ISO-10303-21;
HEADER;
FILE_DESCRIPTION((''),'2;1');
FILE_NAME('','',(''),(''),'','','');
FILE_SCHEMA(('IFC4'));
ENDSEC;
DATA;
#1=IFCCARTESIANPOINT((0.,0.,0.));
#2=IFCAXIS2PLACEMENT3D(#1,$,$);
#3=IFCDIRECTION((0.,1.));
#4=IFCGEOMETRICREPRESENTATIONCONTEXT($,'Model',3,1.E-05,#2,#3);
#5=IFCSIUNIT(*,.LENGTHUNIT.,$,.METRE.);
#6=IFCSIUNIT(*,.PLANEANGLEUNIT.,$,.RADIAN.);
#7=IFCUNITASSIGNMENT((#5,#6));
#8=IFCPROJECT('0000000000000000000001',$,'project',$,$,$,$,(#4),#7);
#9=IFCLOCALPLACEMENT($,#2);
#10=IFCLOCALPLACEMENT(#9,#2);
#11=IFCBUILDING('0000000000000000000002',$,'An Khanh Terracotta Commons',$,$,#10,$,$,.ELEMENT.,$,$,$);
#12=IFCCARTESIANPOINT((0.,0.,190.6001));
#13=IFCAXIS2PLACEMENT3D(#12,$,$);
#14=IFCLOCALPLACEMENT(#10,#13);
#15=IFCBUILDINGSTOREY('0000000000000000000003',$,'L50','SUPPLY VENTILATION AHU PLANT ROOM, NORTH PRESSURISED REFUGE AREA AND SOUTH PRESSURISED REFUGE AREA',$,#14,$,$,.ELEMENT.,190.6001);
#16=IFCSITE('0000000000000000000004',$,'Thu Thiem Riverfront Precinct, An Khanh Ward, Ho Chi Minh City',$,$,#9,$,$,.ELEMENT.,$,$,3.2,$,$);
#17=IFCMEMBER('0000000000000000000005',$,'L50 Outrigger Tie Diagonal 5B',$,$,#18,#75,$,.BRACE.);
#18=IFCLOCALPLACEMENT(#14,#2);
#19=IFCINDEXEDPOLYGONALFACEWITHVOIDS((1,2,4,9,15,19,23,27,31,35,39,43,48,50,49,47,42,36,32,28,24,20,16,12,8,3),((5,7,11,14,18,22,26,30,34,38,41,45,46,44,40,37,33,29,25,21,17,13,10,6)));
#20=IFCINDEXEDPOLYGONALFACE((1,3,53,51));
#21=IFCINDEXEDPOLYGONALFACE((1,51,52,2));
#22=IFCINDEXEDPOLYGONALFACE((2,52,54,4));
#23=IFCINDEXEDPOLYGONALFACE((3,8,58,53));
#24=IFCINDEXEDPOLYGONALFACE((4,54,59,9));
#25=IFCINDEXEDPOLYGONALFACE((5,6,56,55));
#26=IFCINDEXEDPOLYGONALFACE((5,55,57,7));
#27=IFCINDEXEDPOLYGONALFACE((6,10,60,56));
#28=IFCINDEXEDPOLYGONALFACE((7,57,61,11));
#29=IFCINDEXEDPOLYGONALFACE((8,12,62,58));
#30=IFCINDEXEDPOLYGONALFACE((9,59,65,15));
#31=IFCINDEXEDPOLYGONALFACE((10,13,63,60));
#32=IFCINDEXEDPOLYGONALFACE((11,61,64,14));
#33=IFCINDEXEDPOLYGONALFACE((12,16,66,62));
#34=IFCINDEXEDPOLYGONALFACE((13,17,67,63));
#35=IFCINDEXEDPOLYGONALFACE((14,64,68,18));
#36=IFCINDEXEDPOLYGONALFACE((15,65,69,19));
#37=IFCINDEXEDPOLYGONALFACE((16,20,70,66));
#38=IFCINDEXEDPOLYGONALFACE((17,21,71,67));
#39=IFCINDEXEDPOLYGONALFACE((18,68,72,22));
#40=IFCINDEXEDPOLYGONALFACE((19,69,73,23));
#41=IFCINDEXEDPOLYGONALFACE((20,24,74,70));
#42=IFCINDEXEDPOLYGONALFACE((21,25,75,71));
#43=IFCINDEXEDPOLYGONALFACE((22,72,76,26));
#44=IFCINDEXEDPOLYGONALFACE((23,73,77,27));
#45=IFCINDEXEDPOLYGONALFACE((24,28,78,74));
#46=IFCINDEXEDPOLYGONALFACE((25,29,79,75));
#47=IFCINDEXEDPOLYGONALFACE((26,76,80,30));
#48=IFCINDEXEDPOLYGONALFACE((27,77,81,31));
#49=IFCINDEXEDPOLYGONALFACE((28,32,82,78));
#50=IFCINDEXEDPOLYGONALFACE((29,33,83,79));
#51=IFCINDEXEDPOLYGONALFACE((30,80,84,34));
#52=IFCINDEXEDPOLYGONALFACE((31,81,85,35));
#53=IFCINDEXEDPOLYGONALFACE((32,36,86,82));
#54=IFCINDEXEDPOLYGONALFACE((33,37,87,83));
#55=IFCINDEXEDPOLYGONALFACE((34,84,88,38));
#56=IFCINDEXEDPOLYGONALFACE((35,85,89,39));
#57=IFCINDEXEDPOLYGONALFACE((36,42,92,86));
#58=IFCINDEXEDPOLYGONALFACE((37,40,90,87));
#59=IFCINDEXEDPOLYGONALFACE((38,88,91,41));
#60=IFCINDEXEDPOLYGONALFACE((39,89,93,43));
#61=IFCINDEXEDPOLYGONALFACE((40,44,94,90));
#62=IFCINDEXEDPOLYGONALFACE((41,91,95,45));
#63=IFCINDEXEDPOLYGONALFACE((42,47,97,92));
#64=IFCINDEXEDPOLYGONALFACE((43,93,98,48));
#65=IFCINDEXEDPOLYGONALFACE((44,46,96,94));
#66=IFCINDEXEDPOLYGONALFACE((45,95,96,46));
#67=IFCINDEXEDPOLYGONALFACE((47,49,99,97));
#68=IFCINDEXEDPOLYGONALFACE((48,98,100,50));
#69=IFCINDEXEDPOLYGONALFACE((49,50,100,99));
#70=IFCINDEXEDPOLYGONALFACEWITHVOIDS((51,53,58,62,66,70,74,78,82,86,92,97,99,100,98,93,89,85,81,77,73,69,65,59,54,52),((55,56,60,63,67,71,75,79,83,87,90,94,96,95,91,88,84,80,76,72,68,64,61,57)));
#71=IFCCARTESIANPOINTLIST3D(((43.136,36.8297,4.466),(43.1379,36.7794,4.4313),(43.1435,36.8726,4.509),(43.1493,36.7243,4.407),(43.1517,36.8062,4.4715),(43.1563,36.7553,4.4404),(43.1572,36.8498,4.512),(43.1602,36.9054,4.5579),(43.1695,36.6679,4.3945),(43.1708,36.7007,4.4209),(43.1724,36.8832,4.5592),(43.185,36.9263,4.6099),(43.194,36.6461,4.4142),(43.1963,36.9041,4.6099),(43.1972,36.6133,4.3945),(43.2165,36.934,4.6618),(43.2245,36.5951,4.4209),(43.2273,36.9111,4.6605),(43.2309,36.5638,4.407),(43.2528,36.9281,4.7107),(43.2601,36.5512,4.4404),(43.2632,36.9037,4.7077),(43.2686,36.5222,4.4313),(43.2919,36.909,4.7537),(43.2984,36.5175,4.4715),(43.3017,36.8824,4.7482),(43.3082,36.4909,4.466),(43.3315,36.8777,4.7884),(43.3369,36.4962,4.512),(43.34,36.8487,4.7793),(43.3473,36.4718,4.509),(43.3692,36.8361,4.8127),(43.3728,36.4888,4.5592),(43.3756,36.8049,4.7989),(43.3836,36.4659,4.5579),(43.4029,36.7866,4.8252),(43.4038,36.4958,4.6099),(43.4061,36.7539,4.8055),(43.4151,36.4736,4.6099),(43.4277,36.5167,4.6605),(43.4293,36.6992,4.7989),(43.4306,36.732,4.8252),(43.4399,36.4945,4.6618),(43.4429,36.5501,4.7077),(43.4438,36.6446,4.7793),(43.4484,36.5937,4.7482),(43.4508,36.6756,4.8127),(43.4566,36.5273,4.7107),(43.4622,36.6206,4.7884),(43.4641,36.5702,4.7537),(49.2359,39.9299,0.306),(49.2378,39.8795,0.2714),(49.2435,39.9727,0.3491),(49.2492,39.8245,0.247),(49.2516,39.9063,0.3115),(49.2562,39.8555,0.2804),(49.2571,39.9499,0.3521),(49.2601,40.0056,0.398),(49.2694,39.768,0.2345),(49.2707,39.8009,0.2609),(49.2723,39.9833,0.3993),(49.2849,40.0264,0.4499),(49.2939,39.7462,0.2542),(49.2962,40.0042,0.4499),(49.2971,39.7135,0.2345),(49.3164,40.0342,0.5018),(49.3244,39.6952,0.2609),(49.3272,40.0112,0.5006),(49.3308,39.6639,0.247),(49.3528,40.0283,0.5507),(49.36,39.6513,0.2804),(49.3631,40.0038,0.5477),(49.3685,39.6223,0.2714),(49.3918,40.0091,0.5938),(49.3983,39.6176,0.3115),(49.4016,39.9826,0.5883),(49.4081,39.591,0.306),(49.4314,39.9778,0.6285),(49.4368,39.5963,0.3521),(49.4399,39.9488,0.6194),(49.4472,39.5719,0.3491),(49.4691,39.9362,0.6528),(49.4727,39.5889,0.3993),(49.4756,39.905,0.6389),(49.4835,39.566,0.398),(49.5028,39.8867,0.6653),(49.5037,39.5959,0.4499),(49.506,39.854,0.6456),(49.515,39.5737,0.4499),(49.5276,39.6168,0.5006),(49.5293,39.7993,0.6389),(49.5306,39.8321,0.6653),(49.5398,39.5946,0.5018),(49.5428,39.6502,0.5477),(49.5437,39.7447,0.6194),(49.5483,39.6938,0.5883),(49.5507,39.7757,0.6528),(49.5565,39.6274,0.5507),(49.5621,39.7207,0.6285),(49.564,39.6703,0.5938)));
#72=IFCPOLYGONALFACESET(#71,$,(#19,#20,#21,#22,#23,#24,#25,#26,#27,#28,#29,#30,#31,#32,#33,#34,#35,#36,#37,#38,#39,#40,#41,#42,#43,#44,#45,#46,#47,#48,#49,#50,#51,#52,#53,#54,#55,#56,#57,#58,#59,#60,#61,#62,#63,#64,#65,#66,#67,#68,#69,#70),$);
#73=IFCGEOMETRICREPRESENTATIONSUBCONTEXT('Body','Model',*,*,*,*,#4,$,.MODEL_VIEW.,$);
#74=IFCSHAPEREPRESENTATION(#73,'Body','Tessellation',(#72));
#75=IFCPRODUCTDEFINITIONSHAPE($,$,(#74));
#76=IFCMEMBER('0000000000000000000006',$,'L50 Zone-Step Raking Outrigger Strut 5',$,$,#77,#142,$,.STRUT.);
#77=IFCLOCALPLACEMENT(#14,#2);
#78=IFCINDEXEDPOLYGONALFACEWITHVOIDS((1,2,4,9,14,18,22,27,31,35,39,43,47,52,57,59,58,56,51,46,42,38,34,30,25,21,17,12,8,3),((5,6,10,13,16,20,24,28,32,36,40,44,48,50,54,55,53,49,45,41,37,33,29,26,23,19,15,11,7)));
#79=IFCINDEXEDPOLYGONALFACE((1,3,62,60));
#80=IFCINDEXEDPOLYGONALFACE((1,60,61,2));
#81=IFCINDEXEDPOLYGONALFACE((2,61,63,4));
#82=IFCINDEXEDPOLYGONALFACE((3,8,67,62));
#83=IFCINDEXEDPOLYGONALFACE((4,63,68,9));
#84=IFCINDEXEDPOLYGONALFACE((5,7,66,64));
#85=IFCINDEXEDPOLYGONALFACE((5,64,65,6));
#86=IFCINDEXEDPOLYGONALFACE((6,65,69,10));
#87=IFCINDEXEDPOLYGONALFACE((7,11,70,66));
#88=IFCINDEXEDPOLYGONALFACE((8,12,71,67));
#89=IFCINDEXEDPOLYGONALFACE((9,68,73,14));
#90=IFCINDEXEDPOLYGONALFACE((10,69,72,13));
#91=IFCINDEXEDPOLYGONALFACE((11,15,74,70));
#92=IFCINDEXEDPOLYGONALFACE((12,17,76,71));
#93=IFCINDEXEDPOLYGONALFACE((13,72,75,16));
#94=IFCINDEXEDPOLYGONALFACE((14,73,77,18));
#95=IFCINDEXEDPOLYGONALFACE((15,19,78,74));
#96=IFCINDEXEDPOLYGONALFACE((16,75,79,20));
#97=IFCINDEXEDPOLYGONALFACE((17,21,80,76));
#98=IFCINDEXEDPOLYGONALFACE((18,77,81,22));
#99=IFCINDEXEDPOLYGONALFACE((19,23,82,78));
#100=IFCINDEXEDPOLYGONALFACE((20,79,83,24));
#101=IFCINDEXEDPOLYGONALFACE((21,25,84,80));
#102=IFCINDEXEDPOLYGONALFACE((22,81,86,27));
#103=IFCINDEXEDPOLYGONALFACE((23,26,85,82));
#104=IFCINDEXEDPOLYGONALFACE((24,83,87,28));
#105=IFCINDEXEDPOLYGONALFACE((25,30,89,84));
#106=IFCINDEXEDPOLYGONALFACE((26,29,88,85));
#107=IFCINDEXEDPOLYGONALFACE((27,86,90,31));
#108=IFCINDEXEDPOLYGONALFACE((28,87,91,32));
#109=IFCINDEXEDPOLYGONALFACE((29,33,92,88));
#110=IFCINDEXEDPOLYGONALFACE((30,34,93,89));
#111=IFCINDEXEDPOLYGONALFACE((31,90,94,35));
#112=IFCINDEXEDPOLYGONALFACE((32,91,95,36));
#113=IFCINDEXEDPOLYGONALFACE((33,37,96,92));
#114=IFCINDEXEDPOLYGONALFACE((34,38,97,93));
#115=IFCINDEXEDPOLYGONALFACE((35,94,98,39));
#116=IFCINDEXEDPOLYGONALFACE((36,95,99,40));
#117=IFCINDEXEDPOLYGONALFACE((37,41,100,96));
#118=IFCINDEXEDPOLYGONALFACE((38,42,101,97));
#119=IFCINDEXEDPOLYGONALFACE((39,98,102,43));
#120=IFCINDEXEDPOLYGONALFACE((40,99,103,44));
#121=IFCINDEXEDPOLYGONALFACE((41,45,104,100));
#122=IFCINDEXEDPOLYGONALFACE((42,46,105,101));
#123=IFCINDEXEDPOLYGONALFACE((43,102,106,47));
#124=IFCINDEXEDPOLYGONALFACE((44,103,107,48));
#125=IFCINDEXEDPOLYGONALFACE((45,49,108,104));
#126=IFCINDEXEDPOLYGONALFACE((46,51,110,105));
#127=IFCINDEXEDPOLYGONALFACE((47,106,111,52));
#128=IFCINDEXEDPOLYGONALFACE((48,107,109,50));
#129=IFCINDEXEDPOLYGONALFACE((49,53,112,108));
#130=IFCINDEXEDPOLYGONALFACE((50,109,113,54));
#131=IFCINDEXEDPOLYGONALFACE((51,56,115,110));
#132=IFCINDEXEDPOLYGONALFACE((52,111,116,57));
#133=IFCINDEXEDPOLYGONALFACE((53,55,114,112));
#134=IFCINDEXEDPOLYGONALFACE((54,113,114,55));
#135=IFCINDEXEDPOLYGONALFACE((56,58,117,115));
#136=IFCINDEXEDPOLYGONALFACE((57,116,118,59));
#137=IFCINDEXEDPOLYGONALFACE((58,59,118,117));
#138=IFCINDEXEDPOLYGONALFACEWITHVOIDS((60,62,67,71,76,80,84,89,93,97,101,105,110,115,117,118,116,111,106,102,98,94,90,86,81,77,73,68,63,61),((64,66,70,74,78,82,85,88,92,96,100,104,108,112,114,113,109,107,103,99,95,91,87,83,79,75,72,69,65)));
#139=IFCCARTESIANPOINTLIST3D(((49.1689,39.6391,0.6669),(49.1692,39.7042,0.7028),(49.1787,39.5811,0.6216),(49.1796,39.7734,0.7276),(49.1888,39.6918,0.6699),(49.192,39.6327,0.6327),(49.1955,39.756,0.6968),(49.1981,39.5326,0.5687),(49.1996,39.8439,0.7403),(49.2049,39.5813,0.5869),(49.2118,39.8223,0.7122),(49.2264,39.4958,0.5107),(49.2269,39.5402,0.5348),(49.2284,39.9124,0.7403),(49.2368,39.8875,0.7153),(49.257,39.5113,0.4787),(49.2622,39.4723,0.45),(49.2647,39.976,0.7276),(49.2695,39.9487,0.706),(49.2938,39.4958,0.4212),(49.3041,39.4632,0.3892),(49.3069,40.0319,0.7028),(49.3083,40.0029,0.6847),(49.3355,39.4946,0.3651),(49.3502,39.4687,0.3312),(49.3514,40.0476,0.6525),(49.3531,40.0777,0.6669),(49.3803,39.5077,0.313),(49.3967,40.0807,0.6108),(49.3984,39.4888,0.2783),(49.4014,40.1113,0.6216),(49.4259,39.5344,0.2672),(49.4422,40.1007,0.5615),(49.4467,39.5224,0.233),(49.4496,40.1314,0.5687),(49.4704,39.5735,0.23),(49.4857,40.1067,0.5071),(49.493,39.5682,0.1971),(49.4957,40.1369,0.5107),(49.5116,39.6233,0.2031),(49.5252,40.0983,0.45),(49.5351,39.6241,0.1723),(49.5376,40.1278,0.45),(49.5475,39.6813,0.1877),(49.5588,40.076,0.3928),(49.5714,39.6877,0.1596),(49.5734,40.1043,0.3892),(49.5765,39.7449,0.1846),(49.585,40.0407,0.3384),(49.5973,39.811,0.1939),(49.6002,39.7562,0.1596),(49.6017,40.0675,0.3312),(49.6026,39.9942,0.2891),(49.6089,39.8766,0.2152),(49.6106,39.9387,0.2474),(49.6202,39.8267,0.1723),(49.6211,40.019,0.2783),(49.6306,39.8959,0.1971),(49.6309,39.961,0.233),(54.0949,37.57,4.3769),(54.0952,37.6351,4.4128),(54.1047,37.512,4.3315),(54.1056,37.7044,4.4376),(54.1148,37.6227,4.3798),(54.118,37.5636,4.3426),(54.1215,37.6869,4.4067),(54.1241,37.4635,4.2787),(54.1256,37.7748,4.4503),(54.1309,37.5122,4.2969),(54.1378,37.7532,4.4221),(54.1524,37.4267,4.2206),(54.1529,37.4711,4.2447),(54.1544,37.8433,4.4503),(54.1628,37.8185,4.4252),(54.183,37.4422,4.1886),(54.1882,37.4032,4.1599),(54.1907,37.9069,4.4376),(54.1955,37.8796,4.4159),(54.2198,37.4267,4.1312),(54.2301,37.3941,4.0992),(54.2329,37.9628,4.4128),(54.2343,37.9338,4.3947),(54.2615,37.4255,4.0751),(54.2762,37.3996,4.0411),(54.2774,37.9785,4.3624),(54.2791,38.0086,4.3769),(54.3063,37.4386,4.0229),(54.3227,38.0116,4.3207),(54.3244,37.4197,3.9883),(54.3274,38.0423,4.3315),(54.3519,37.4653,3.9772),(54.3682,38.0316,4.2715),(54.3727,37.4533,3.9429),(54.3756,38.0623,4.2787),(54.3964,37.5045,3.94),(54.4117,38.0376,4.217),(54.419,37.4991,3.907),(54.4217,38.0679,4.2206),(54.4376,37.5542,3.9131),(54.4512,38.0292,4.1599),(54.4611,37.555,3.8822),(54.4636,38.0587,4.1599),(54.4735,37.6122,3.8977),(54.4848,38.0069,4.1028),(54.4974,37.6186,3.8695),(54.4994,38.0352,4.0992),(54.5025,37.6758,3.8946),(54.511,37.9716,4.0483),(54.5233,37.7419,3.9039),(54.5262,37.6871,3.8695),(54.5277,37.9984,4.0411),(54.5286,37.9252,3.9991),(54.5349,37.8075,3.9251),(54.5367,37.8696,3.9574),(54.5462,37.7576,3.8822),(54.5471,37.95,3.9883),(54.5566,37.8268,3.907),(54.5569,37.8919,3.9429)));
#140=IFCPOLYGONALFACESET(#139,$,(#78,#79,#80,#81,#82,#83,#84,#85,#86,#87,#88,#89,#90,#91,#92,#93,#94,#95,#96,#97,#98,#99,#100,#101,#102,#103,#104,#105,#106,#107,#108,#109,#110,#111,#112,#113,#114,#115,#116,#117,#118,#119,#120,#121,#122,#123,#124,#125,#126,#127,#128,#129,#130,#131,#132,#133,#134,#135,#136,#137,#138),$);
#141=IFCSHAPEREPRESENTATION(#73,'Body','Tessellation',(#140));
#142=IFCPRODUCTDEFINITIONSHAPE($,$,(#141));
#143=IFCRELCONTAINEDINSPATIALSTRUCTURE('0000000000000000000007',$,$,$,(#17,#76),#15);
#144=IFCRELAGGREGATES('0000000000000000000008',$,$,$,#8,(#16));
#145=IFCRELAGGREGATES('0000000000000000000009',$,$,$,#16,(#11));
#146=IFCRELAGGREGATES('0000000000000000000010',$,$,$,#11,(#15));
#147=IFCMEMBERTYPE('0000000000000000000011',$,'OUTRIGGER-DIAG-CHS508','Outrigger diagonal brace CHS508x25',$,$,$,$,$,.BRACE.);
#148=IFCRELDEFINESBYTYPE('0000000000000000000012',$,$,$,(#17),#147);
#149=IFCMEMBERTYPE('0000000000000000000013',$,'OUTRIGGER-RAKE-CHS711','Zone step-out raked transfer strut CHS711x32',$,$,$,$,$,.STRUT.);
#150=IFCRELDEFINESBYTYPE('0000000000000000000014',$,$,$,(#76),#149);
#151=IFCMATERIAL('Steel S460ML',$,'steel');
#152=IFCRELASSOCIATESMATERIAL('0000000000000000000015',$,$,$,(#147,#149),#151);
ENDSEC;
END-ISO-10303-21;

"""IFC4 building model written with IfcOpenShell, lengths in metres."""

from ifc_helpers import new_model, si_unit, direction, frame, origin, origin_2d, place, context, subcontext, project, spatial, hollow_circle, extrude, material, material_profile, profile_set, type_object, element, save


model = new_model("IFC4")

# Units and contexts
model_context = context("Model", 3, precision=1e-05, world=origin(), true_north=direction((0.0, 1.0)))
body_context = subcontext(model_context, "Body", "Model", "MODEL_VIEW")
ifc_project = project(units=[si_unit("LENGTHUNIT", "METRE"), si_unit("PLANEANGLEUNIT", "RADIAN")], contexts=[model_context])

# Site, building, storey
site_placement = place(None, origin())
site = spatial("IfcSite", under=ifc_project, at=site_placement, Name="Thu Thiem Riverfront Precinct, An Khanh Ward, Ho Chi Minh City", CompositionType="ELEMENT", RefElevation=3.2)
building_placement = place(site_placement, origin())
building = spatial("IfcBuilding", under=site, at=building_placement, Name="An Khanh Terracotta Commons", CompositionType="ELEMENT")
storey_placement = place(building_placement, frame((0.0, 0.0, 190.6001)))
storey = spatial("IfcBuildingStorey", under=building, at=storey_placement, Name="L50", Description="SUPPLY VENTILATION AHU PLANT ROOM, NORTH PRESSURISED REFUGE AREA AND SOUTH PRESSURISED REFUGE AREA", CompositionType="ELEMENT", Elevation=190.6001)

# Shared definitions
ifc_material_1 = material(Name="Steel S460ML", Category="steel")

# Members
ifc_material_profile_1 = material_profile(ifc_material_1, hollow_circle(Radius=0.2539, WallThickness=0.0249, at=origin_2d()), Name="CHS508x25")
ifc_profile_set_1 = profile_set([ifc_material_profile_1], Name="Steel S460ML")
member_type_1 = type_object("IfcMemberType", Name="OUTRIGGER-DIAG-CHS508", Description="Outrigger diagonal brace CHS508x25", PredefinedType="BRACE", material=ifc_profile_set_1)
for number, where, z_axis, x_axis, name in (
    (1, (43.3, 36.7, 4.6099), (0.761746, 0.387138, -0.519487), (-0.45307, 0.891475, 0.0), "L50 Outrigger Tie Diagonal 5B"),
):
    element("IfcMember", number, at=place(storey_placement, frame(where, z_axis=z_axis, x_axis=x_axis)), inside=storey, type_object=member_type_1, Name=name, PredefinedType="BRACE", context=body_context, shape_type="SweptSolid", body=[
        extrude(hollow_circle(Radius=0.2539, WallThickness=0.0249, at=origin_2d()), origin(), (0.0, 0.0, 1.0), 8.0078),
    ])
ifc_material_profile_2 = material_profile(ifc_material_1, hollow_circle(Radius=0.3555, WallThickness=0.032, at=origin_2d()), Name="CHS711x32")
ifc_profile_set_2 = profile_set([ifc_material_profile_2], Name="Steel S460ML")
member_type_2 = type_object("IfcMemberType", Name="OUTRIGGER-RAKE-CHS711", Description="Zone step-out raked transfer strut CHS711x32", PredefinedType="STRUT", material=ifc_profile_set_2)
member_1_placement = place(storey_placement, frame((49.3999, 39.8, 0.45), z_axis=(0.757306, -0.318093, 0.570354), x_axis=(0.387258, 0.921971, 0.0)))
element("IfcMember", 2, at=member_1_placement, inside=storey, type_object=member_type_2, Name="L50 Zone-Step Raking Outrigger Strut 5", PredefinedType="STRUT", context=body_context, shape_type="SweptSolid", body=[
    extrude(hollow_circle(Radius=0.3555, WallThickness=0.032, at=origin_2d()), origin(), (0.0, 0.0, 1.0), 6.5046),
])

save(model, "model.ifc")
